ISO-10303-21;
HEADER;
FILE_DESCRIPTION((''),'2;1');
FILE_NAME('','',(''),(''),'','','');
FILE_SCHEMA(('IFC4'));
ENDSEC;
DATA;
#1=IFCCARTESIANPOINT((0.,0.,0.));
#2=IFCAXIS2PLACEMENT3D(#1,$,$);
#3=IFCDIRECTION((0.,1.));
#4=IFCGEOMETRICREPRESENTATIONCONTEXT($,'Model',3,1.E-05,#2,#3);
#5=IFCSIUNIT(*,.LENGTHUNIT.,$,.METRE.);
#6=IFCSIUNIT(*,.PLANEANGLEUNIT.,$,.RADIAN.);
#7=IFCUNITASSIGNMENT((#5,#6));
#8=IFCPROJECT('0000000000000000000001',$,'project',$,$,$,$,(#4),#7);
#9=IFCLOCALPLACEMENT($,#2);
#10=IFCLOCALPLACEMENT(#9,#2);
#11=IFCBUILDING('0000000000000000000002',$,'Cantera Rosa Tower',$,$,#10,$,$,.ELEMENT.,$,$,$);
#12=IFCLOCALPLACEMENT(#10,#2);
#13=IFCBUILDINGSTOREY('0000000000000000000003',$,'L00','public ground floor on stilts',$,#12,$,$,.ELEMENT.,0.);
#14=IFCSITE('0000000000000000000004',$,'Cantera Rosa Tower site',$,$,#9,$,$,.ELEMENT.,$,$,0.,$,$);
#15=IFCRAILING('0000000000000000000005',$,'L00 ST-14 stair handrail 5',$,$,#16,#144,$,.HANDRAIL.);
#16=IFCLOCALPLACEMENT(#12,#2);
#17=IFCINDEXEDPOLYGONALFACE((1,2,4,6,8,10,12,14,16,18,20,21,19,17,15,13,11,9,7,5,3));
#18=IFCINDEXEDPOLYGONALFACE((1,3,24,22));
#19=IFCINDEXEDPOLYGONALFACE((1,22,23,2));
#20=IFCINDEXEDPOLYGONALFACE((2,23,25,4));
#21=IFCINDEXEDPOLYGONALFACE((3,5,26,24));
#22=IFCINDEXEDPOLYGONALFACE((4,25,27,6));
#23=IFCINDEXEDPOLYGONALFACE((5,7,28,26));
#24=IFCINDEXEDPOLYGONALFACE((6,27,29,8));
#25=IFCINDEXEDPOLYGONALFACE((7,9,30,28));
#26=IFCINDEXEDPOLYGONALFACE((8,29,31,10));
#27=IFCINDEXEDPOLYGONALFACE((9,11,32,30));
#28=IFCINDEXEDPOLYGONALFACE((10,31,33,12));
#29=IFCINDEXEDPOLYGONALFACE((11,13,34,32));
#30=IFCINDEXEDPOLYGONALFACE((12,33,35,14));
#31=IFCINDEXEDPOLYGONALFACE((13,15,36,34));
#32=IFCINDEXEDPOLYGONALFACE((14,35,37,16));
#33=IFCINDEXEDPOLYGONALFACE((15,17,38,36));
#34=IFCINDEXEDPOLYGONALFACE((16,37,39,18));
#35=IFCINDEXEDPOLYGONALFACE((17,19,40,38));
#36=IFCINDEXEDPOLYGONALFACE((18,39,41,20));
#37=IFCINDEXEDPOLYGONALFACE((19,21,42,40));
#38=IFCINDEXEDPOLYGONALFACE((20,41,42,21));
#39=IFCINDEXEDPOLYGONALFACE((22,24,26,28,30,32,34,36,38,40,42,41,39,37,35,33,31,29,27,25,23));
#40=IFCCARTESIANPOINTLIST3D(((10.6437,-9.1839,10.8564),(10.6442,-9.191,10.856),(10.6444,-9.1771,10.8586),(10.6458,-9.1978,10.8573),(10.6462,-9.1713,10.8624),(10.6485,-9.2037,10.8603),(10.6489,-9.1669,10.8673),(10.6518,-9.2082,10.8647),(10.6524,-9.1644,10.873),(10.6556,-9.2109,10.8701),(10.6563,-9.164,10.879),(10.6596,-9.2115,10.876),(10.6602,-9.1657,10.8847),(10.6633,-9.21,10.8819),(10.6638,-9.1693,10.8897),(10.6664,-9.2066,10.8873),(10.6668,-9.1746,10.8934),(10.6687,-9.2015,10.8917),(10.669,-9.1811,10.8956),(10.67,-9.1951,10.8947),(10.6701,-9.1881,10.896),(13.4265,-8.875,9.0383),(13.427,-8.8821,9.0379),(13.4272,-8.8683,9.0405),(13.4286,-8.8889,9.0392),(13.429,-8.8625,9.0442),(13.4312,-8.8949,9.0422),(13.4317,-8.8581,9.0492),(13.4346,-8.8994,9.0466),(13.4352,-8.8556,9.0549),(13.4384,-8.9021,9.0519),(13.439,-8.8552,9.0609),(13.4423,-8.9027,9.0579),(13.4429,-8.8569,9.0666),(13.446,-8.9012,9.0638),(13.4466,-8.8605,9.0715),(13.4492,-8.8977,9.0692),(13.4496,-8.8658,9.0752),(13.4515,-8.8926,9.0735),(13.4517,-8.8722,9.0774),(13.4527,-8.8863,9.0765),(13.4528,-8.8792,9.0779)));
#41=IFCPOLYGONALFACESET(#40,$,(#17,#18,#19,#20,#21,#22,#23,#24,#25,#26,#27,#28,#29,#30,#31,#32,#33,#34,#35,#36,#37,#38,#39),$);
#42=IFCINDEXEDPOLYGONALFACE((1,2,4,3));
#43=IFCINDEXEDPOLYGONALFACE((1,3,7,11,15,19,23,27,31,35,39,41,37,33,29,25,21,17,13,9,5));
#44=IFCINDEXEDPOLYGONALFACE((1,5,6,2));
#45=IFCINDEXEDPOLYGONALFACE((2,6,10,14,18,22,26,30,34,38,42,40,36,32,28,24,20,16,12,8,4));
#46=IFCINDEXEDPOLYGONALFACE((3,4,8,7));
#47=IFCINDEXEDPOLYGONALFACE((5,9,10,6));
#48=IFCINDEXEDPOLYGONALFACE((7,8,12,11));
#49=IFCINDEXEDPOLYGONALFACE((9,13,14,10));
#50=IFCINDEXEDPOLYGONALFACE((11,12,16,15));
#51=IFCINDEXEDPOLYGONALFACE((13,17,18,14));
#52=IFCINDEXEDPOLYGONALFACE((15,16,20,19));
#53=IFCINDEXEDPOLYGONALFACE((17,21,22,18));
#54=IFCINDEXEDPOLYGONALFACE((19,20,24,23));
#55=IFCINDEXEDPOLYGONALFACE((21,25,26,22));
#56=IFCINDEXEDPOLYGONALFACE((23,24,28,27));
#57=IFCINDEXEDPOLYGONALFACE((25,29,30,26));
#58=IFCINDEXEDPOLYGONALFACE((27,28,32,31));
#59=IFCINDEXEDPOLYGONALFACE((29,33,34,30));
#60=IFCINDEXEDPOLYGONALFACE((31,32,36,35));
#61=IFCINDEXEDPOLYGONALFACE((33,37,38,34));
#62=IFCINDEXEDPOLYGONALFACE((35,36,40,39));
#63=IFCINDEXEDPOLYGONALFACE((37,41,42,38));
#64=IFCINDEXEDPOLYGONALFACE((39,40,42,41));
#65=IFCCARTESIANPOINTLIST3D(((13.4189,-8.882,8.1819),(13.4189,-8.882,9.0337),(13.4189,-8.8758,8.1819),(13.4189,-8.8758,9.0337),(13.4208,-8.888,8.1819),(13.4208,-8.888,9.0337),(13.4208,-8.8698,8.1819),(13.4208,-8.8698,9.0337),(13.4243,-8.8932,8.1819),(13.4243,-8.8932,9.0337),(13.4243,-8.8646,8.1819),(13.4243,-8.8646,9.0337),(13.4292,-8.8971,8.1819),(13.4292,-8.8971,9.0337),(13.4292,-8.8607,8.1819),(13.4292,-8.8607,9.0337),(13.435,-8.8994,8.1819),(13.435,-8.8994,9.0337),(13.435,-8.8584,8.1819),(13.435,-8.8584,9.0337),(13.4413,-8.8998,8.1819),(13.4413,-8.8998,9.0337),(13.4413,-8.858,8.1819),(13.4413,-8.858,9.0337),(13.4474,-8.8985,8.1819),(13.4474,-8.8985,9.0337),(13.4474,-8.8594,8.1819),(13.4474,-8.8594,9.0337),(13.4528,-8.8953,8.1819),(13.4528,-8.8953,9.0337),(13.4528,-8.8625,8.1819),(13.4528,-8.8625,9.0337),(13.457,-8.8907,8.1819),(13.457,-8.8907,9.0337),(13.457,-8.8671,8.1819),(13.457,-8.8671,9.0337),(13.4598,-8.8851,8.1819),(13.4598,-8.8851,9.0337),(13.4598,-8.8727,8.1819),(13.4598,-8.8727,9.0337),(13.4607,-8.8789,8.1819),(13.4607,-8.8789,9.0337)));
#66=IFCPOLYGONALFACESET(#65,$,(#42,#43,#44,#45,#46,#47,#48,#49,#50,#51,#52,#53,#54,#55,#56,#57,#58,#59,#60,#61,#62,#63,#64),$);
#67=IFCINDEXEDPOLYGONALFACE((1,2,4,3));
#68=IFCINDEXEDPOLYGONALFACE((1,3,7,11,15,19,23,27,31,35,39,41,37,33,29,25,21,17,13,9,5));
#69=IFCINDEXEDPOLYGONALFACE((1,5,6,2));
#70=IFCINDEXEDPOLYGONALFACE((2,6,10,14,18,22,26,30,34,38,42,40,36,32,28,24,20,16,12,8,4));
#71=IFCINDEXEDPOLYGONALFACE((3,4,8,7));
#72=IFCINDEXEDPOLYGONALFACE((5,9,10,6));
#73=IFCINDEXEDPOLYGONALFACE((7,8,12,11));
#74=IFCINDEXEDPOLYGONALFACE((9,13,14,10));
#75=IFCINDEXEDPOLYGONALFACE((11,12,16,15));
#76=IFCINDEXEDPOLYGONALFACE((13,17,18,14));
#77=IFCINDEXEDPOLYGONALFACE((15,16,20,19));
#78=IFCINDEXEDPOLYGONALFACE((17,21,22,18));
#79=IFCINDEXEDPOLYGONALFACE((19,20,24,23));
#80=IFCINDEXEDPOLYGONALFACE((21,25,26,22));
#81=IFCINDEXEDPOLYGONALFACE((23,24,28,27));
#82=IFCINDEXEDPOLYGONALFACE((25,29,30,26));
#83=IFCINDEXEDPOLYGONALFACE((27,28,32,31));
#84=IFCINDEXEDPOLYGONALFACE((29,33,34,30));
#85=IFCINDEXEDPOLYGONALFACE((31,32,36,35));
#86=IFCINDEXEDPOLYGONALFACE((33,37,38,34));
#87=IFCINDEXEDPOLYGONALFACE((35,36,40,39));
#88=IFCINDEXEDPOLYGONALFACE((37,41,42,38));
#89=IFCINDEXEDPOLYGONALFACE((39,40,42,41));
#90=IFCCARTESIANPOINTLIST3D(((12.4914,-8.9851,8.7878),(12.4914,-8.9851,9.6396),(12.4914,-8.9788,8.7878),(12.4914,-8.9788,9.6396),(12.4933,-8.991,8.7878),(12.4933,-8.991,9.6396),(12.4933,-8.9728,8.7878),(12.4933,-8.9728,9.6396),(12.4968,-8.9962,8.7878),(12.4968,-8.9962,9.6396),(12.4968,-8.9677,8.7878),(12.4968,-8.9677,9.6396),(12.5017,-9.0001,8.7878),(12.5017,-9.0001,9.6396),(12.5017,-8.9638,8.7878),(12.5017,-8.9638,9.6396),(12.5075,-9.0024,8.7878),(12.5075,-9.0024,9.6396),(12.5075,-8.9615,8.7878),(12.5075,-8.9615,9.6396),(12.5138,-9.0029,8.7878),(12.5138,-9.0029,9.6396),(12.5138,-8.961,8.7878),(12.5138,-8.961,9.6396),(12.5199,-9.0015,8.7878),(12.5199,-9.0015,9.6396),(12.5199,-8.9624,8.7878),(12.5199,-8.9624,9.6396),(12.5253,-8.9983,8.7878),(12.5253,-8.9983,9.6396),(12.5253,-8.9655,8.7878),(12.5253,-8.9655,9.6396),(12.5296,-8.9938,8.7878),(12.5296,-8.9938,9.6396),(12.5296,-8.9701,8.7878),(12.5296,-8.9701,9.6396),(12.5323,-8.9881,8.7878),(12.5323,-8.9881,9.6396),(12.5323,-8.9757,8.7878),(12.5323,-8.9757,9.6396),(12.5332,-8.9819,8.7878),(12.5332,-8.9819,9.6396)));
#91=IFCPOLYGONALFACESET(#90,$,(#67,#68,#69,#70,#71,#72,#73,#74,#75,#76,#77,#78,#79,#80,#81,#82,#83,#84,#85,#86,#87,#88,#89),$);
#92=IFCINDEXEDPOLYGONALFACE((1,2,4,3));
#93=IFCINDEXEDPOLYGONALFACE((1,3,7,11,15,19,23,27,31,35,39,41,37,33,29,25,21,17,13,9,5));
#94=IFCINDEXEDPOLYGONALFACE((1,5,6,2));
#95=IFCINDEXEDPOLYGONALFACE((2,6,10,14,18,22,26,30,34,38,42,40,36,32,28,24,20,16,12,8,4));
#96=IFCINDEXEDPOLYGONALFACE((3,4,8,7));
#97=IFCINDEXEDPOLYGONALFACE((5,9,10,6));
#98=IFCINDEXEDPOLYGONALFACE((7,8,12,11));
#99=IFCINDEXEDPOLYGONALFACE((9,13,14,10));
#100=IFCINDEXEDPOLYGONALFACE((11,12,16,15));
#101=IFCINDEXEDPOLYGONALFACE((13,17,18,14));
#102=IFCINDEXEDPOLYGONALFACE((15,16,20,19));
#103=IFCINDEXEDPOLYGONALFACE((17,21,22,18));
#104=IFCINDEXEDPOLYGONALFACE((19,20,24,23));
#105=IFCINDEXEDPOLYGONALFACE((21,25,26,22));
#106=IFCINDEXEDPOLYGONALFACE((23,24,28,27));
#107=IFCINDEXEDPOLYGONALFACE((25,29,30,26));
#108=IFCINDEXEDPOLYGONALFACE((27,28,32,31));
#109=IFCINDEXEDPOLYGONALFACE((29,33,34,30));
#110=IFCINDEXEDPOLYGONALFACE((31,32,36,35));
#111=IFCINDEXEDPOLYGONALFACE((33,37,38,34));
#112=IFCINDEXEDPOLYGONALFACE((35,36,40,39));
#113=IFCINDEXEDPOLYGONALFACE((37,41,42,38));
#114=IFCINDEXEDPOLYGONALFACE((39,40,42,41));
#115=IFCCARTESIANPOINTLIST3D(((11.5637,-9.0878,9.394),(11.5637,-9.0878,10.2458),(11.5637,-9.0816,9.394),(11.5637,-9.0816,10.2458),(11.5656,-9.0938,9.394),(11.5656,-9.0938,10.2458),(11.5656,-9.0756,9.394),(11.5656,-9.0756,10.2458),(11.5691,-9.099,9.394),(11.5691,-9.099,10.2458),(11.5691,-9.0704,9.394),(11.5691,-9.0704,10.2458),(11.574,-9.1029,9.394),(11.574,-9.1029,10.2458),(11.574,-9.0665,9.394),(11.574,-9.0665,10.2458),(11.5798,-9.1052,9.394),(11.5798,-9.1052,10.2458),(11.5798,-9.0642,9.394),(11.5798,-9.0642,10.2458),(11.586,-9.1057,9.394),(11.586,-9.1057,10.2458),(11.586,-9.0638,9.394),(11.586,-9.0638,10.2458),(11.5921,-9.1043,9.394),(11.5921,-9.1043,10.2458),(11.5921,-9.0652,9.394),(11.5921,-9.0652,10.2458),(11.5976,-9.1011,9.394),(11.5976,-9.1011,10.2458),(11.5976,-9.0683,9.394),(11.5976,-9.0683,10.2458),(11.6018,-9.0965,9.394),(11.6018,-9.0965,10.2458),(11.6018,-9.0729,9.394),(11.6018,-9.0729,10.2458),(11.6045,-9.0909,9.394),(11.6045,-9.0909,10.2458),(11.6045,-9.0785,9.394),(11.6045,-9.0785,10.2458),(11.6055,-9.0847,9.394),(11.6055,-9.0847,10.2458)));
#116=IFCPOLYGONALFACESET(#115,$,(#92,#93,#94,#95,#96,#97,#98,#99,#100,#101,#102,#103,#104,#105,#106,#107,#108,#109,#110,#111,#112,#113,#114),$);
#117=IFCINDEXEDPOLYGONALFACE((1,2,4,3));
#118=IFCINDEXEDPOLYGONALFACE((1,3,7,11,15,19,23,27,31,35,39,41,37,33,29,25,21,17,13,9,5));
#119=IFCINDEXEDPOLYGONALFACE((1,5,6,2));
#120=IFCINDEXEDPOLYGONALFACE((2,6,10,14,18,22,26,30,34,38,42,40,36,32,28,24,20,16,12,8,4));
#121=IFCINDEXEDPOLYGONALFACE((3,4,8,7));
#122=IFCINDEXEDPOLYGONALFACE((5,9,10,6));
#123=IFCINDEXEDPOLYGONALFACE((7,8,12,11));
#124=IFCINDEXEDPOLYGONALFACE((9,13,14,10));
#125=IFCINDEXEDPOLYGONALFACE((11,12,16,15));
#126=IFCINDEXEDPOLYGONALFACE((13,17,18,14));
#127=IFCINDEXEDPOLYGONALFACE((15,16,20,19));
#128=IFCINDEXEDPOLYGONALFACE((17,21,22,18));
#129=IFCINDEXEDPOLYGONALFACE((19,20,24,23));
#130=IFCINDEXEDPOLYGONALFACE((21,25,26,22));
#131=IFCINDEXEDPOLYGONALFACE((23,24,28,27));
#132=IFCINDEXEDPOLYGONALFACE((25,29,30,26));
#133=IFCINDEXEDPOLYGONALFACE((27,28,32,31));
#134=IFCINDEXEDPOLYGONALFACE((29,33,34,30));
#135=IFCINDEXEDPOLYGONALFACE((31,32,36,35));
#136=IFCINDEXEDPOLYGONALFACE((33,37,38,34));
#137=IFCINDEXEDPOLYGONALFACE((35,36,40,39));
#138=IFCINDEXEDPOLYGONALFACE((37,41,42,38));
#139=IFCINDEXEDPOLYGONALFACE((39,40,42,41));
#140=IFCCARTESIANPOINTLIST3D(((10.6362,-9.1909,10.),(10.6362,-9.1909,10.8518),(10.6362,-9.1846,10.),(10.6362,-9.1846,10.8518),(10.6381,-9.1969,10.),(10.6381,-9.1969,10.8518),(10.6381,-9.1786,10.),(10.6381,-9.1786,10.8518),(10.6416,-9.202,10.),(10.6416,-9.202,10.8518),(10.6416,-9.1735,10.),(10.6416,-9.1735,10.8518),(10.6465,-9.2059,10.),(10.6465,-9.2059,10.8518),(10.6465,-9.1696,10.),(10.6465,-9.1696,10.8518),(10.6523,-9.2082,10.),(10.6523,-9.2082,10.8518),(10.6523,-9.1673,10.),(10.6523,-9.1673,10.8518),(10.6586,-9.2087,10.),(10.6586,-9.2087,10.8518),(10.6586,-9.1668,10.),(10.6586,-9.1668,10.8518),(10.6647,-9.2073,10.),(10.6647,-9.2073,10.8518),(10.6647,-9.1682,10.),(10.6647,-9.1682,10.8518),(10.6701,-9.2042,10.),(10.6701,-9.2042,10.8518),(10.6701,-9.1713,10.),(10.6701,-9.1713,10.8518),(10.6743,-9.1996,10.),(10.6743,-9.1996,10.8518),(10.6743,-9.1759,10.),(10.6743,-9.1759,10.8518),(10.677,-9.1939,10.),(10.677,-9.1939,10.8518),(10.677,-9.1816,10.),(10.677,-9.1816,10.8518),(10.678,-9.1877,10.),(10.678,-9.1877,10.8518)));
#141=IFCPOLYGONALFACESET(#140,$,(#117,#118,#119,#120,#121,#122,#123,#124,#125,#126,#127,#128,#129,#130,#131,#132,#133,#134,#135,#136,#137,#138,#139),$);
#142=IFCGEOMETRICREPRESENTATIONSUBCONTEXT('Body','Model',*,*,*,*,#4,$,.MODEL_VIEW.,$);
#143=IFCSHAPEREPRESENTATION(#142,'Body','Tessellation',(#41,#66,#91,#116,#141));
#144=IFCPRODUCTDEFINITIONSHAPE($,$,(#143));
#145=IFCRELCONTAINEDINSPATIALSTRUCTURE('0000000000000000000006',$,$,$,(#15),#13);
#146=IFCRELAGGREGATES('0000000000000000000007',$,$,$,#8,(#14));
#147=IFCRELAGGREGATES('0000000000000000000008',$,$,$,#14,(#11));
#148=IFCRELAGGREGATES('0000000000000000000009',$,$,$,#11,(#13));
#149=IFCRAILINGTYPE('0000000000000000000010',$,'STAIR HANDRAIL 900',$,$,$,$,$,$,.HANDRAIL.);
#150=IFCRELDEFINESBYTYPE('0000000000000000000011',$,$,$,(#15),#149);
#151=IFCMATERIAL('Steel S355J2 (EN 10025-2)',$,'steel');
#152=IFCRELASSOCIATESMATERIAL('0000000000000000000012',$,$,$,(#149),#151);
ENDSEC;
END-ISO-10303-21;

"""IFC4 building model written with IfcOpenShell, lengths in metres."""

from ifc_helpers import new_model, si_unit, direction, frame, origin, origin_2d, place, context, subcontext, project, spatial, circle, extrude, material, type_object, element, save


model = new_model("IFC4")

# Units and contexts
model_context = context("Model", 3, precision=1e-05, world=origin(), true_north=direction((0.0, 1.0)))
body_context = subcontext(model_context, "Body", "Model", "MODEL_VIEW")
ifc_project = project(units=[si_unit("LENGTHUNIT", "METRE"), si_unit("PLANEANGLEUNIT", "RADIAN")], contexts=[model_context])

# Site, building, storey
site_placement = place(None, origin())
site = spatial("IfcSite", under=ifc_project, at=site_placement, Name="Cantera Rosa Tower site", CompositionType="ELEMENT", RefElevation=0.0)
building_placement = place(site_placement, origin())
building = spatial("IfcBuilding", under=site, at=building_placement, Name="Cantera Rosa Tower", CompositionType="ELEMENT")
storey_placement = place(building_placement, origin())
storey = spatial("IfcBuildingStorey", under=building, at=storey_placement, Name="L00", Description="public ground floor on stilts", CompositionType="ELEMENT", Elevation=0.0)

# Railing
ifc_material_1 = material(Name="Steel S355J2 (EN 10025-2)", Category="steel")
railing_type_1 = type_object("IfcRailingType", Name="STAIR HANDRAIL 900", PredefinedType="HANDRAIL", material=ifc_material_1)
for number, where, name in (
    (1, (13.4397, -8.8789, 8.1819), "L00 ST-14 stair handrail 5"),
):
    element("IfcRailing", number, at=place(storey_placement, frame(where)), inside=storey, type_object=railing_type_1, Name=name, PredefinedType="HANDRAIL", context=body_context, shape_type="SweptSolid", body=[
        extrude(circle(Radius=0.0239, at=origin_2d()), frame((0.0, 0.0, 0.876), z_axis=(-0.833566, -0.092513, 0.544619), x_axis=(0.110307, -0.993898, 0.0)), (0.0, 0.0, 1.0), 3.3384),
        extrude(circle(Radius=0.021, at=origin_2d()), origin(), (0.0, 0.0, 1.0), 0.8518),
        extrude(circle(Radius=0.021, at=origin_2d()), frame((-0.9275, -0.103, 0.606)), (0.0, 0.0, 1.0), 0.8518),
        extrude(circle(Radius=0.021, at=origin_2d()), frame((-1.8552, -0.2058, 1.2122)), (0.0, 0.0, 1.0), 0.8518),
        extrude(circle(Radius=0.021, at=origin_2d()), frame((-2.7827, -0.3088, 1.8181)), (0.0, 0.0, 1.0), 0.8518),
    ])

save(model, "model.ifc")
